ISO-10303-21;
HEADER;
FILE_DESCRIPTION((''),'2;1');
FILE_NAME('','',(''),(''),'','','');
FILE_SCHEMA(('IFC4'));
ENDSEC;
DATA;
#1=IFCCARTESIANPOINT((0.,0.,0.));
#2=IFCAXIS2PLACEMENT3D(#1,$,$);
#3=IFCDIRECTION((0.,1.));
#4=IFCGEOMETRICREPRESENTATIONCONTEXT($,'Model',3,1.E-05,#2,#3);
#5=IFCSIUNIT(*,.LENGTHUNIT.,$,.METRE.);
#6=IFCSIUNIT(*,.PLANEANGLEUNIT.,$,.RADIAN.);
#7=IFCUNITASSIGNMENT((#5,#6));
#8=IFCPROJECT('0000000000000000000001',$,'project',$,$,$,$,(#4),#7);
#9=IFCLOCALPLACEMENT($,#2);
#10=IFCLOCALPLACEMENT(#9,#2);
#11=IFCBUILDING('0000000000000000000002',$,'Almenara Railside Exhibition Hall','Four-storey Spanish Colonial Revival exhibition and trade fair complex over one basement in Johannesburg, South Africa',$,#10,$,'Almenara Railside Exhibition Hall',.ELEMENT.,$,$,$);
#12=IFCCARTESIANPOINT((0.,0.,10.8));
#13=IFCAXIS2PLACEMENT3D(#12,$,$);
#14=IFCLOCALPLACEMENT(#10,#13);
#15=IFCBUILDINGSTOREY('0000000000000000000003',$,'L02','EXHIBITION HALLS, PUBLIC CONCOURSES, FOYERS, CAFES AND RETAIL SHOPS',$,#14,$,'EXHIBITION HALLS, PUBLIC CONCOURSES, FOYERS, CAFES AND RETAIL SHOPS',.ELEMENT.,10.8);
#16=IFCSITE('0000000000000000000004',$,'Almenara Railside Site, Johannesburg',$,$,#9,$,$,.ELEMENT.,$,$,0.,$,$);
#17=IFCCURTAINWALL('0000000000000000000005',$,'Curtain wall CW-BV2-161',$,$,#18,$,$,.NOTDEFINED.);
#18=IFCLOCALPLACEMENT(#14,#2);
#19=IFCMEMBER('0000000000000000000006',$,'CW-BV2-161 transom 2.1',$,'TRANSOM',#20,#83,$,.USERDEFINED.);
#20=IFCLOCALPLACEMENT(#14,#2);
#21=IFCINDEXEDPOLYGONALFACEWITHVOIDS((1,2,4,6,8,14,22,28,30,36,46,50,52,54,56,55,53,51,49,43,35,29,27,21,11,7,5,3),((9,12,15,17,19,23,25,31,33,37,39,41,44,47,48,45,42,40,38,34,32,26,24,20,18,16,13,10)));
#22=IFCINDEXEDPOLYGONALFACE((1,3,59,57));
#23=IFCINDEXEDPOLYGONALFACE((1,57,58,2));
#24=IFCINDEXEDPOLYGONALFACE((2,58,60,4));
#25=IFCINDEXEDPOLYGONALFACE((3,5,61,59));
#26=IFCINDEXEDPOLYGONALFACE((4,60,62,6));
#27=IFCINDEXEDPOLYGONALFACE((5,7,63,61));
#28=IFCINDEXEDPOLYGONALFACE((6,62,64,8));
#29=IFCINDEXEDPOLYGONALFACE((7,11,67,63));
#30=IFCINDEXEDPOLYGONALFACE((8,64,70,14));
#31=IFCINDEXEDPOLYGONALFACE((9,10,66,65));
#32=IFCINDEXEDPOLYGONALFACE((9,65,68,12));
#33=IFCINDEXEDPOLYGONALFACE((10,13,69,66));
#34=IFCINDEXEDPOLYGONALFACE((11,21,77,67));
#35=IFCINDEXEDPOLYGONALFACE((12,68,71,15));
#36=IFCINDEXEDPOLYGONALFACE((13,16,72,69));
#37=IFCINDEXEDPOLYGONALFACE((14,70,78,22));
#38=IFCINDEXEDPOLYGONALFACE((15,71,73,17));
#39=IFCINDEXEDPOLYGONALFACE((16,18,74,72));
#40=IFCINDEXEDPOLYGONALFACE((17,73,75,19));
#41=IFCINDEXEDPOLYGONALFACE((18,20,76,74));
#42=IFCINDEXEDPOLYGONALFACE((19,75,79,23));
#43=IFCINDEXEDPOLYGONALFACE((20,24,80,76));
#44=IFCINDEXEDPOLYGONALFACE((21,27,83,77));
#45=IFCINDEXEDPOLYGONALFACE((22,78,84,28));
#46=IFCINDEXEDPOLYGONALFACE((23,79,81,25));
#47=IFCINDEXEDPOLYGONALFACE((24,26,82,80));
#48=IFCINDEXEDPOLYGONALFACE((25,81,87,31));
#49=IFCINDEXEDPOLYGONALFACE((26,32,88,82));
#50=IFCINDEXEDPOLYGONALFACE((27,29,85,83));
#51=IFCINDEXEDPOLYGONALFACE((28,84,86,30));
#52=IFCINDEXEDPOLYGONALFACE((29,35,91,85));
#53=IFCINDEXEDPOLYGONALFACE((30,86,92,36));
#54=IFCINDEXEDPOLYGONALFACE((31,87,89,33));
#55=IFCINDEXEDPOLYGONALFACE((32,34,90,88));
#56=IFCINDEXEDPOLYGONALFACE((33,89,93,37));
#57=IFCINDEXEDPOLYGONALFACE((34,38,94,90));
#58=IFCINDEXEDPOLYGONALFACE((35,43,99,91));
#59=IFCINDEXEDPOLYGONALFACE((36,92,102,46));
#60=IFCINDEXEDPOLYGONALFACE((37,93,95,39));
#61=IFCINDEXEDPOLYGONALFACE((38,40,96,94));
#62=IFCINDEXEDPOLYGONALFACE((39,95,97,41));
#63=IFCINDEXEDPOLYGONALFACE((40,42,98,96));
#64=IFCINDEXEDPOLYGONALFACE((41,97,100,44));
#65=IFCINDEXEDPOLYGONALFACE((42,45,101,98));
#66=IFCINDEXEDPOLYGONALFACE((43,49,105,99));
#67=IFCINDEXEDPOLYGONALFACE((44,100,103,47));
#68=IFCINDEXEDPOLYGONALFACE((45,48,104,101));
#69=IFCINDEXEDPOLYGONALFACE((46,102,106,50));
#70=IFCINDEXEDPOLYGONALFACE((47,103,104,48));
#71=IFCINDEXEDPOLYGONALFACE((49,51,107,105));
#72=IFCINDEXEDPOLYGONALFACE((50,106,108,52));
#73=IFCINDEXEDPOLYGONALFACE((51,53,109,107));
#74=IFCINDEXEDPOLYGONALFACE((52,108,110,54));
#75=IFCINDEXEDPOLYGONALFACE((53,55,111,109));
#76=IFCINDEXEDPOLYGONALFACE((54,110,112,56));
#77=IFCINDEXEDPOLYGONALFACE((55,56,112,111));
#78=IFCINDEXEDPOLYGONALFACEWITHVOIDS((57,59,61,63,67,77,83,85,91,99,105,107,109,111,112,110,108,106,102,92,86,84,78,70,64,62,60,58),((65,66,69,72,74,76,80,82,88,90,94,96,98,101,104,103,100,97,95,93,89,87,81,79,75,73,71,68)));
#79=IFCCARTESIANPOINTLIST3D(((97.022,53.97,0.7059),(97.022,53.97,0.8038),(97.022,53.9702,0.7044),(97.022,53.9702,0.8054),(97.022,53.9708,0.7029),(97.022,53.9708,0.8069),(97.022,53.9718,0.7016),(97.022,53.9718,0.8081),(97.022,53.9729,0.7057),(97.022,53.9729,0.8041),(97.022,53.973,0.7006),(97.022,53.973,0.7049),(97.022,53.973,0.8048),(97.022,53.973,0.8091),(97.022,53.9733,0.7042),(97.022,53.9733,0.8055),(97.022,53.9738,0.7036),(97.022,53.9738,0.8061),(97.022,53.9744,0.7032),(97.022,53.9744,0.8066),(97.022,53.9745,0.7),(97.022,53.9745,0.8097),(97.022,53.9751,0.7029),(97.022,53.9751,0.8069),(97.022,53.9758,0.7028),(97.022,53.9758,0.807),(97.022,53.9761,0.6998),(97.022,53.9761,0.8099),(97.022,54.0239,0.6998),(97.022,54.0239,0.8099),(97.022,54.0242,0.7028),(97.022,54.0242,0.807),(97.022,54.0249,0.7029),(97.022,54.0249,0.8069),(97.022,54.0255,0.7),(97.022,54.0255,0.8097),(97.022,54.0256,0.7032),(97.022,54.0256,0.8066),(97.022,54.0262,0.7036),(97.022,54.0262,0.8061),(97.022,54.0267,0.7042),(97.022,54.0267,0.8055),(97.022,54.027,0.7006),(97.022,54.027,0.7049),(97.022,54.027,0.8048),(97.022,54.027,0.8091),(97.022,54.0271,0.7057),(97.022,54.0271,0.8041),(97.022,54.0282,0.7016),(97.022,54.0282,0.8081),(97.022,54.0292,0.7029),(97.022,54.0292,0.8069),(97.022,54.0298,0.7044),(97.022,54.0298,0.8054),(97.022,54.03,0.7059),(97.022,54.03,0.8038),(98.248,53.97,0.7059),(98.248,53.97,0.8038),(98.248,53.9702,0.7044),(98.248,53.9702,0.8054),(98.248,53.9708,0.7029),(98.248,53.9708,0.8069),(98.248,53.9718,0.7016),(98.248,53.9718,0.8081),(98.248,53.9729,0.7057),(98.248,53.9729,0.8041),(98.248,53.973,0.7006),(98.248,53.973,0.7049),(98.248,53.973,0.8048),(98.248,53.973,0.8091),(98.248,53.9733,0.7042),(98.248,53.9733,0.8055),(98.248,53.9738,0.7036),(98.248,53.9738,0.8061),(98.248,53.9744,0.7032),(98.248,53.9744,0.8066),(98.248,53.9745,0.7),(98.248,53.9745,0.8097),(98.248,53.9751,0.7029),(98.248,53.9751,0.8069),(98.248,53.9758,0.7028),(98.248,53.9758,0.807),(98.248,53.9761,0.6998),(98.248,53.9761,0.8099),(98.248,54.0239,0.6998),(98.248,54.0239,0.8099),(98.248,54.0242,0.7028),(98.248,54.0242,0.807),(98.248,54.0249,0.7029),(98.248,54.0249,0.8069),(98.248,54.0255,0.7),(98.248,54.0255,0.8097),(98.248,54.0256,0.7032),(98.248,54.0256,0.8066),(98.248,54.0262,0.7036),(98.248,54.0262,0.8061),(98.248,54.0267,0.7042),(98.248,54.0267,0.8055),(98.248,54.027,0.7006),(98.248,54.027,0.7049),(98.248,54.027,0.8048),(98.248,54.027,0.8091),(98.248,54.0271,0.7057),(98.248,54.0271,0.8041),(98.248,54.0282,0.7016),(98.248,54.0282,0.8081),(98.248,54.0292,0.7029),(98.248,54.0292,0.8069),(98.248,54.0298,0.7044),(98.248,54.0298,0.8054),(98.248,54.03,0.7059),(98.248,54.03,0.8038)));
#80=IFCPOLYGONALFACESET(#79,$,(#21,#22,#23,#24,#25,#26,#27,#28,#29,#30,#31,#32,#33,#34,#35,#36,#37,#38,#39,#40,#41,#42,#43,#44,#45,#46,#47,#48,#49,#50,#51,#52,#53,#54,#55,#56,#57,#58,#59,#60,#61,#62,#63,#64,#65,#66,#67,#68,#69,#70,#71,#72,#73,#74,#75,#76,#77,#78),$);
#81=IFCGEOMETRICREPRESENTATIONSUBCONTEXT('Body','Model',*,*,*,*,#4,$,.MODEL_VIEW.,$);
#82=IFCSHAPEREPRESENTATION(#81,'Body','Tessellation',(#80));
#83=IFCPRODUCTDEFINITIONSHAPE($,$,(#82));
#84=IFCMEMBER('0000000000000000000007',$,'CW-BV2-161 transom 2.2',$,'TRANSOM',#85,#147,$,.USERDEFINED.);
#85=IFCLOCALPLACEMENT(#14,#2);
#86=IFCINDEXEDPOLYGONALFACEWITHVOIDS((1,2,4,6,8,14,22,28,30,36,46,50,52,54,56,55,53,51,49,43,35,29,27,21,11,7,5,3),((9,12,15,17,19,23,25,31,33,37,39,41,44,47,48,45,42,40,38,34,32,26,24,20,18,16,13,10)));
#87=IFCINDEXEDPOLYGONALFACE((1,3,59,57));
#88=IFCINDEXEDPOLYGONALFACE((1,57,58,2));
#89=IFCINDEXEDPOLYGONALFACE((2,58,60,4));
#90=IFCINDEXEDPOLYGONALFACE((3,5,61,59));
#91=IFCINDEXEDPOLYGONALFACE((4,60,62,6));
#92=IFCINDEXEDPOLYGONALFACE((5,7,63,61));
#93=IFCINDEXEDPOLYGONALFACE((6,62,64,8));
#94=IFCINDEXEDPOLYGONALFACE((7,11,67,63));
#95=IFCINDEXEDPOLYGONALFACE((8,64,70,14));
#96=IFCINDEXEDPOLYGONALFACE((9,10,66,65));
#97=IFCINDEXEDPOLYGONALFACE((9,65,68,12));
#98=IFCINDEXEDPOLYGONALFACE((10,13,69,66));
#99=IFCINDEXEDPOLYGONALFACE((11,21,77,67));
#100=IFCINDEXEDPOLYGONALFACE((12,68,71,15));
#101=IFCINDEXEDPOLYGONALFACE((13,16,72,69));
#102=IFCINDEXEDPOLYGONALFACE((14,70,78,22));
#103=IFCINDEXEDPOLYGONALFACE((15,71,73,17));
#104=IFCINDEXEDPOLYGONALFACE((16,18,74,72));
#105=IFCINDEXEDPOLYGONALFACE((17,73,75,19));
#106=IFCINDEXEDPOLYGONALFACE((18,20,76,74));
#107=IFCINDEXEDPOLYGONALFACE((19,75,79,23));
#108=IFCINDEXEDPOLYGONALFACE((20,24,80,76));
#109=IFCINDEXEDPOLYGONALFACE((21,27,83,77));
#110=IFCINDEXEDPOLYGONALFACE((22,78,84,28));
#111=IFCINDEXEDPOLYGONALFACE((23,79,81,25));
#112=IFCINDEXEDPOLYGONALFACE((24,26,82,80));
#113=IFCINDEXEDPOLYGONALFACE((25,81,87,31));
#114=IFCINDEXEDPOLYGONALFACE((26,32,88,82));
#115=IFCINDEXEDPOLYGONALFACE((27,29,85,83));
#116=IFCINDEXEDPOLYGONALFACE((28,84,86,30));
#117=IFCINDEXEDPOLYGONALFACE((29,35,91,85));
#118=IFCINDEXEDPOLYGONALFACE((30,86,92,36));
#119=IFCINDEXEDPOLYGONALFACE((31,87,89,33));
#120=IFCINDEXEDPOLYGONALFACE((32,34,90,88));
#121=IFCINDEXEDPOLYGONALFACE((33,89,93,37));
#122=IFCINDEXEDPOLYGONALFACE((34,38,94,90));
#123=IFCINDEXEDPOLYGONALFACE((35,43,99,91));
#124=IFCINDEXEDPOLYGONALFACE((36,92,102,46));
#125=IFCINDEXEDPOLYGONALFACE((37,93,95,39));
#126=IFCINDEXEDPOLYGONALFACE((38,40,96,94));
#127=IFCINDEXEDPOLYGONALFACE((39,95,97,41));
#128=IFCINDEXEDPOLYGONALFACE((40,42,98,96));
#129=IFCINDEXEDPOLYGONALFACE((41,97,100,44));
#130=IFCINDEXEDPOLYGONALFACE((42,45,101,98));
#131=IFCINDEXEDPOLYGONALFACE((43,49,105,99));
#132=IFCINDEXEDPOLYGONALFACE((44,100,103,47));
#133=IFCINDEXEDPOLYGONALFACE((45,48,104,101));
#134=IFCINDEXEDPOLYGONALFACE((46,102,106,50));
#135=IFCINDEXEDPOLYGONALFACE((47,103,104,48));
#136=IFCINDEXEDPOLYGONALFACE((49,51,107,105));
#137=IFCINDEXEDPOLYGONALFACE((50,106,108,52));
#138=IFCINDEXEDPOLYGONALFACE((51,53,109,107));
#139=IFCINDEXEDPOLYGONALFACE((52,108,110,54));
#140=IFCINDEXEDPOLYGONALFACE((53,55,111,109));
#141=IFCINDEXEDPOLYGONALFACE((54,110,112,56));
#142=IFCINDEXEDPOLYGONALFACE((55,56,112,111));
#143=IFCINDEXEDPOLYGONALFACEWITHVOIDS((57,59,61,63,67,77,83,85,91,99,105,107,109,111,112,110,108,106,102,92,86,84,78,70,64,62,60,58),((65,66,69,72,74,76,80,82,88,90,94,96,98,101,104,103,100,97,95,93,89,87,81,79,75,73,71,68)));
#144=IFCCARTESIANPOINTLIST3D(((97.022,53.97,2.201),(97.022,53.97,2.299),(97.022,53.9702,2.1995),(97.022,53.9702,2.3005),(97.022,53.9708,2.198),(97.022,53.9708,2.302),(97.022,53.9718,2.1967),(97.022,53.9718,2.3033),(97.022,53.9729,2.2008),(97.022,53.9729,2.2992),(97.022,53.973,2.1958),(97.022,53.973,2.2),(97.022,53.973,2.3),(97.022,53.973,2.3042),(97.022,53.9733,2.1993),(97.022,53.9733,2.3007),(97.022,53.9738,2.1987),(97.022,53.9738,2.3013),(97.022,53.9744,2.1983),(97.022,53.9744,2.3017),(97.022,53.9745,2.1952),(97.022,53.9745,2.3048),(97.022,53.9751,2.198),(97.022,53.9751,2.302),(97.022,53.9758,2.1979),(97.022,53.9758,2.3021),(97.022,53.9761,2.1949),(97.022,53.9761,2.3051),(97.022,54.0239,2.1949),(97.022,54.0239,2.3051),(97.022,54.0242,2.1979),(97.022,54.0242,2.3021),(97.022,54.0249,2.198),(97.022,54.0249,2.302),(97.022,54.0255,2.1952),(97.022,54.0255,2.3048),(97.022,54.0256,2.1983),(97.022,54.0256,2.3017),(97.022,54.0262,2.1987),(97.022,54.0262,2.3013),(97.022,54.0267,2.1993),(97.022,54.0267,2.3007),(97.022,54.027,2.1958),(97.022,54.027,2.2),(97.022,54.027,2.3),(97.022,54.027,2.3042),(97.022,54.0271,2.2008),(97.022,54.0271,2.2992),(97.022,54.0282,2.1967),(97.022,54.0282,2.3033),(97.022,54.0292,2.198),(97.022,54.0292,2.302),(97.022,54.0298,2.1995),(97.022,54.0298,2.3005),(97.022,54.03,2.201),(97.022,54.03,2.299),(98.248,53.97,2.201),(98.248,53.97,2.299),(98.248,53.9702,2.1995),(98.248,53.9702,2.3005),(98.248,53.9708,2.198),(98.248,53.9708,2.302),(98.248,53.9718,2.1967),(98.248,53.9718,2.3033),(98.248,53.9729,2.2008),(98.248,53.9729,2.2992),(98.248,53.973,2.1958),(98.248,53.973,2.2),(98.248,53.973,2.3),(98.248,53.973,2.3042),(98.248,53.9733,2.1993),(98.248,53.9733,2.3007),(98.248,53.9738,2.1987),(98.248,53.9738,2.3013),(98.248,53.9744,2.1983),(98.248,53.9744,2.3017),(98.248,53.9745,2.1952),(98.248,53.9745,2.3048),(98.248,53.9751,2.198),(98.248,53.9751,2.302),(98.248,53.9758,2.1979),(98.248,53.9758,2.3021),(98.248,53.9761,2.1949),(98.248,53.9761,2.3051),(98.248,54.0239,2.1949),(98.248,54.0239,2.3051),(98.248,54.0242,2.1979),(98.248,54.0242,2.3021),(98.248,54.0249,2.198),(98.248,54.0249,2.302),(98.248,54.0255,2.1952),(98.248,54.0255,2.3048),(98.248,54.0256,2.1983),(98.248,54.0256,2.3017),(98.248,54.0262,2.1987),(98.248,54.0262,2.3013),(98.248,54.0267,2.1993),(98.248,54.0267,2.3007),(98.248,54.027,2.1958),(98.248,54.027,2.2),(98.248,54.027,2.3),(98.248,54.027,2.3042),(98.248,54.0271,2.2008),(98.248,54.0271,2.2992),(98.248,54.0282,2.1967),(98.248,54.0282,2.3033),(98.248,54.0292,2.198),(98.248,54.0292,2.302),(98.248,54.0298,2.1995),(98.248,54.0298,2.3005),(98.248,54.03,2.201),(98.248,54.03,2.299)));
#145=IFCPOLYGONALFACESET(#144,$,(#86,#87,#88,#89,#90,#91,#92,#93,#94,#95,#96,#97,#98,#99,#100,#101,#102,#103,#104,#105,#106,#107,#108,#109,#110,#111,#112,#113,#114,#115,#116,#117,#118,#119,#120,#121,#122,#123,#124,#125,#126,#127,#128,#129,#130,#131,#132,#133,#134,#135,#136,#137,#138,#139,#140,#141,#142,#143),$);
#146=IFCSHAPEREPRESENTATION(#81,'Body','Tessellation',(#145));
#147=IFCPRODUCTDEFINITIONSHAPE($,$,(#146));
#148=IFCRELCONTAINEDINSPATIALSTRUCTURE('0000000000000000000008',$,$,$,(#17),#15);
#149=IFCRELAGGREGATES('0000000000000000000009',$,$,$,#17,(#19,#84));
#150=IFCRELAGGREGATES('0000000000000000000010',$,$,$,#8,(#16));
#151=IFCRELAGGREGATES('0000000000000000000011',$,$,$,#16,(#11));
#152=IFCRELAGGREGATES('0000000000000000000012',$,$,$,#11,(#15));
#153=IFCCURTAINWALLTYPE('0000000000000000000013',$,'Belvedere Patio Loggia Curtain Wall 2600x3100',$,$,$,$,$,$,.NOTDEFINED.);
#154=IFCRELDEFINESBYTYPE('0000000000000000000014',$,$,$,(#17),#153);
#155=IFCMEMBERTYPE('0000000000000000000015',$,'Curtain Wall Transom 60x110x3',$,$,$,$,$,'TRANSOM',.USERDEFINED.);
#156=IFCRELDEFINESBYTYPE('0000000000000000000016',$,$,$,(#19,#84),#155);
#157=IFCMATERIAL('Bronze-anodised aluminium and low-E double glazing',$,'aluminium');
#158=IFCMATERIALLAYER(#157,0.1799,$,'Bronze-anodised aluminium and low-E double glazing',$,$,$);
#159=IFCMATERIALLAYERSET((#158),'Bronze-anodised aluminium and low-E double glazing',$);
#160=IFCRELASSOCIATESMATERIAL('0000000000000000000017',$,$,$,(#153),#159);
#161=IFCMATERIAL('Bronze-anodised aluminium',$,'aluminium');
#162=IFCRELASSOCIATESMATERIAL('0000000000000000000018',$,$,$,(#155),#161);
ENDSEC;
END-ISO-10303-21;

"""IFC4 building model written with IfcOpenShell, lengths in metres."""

from ifc_helpers import new_model, si_unit, direction, frame, origin, origin_2d, place, context, subcontext, project, spatial, hollow_rectangle, extrude, material, layer, layer_set, material_profile, profile_set, type_object, element, aggregate, save


model = new_model("IFC4")

# Units and contexts
model_context = context("Model", 3, precision=1e-05, world=origin(), true_north=direction((0.0, 1.0)))
body_context = subcontext(model_context, "Body", "Model", "MODEL_VIEW")
ifc_project = project(units=[si_unit("LENGTHUNIT", "METRE"), si_unit("PLANEANGLEUNIT", "RADIAN")], contexts=[model_context])

# Site, building, storey
site_placement = place(None, origin())
site = spatial("IfcSite", under=ifc_project, at=site_placement, Name="Almenara Railside Site, Johannesburg", CompositionType="ELEMENT", RefElevation=0.0)
building_placement = place(site_placement, origin())
building = spatial("IfcBuilding", under=site, at=building_placement, Name="Almenara Railside Exhibition Hall", Description="Four-storey Spanish Colonial Revival exhibition and trade fair complex over one basement in Johannesburg, South Africa", LongName="Almenara Railside Exhibition Hall", CompositionType="ELEMENT")
storey_placement = place(building_placement, frame((0.0, 0.0, 10.8)))
storey = spatial("IfcBuildingStorey", under=building, at=storey_placement, Name="L02", Description="EXHIBITION HALLS, PUBLIC CONCOURSES, FOYERS, CAFES AND RETAIL SHOPS", LongName="EXHIBITION HALLS, PUBLIC CONCOURSES, FOYERS, CAFES AND RETAIL SHOPS", CompositionType="ELEMENT", Elevation=10.8)

# Shared definitions
ifc_material_1 = material(Name="Bronze-anodised aluminium and low-E double glazing", Category="aluminium")
ifc_layer_1 = layer(ifc_material_1, 0.1799, Name="Bronze-anodised aluminium and low-E double glazing")
ifc_layer_set_1 = layer_set([ifc_layer_1], Name="Bronze-anodised aluminium and low-E double glazing")
curtain_wall_type = type_object("IfcCurtainWallType", Name="Belvedere Patio Loggia Curtain Wall 2600x3100", PredefinedType="NOTDEFINED", material=ifc_layer_set_1)
ifc_material_2 = material(Name="Bronze-anodised aluminium", Category="aluminium")

# Curtain wall
curtain_wall_1_placement = place(storey_placement, origin())
curtain_wall_1 = element("IfcCurtainWall", 1, at=curtain_wall_1_placement, inside=storey, type_object=curtain_wall_type, Name="Curtain wall CW-BV2-161", PredefinedType="NOTDEFINED")

# Members
ifc_material_profile_1 = material_profile(ifc_material_2, hollow_rectangle(XDim=0.0601, YDim=0.1101, WallThickness=0.0029, InnerFilletRadius=0.0029, OuterFilletRadius=0.0061, at=origin_2d()), Name="ALU-TRN 60x110x3")
ifc_profile_set_1 = profile_set([ifc_material_profile_1], Name="Bronze-anodised aluminium")
member_type_1 = type_object("IfcMemberType", Name="Curtain Wall Transom 60x110x3", ElementType="TRANSOM", PredefinedType="USERDEFINED", material=ifc_profile_set_1)
member_1_placement = place(storey_placement, frame((97.022, 54.0, 0.7549), z_axis=(1.0, 0.0, 0.0), x_axis=(0.0, 1.0, 0.0)))
member_1 = element("IfcMember", 2, at=member_1_placement, type_object=member_type_1, Name="CW-BV2-161 transom 2.1", ObjectType="TRANSOM", PredefinedType="USERDEFINED", context=body_context, shape_type="SweptSolid", body=[
    extrude(hollow_rectangle(XDim=0.0601, YDim=0.1101, WallThickness=0.0029, InnerFilletRadius=0.0029, OuterFilletRadius=0.0061, at=origin_2d()), origin(), (0.0, 0.0, 1.0), 1.2261),
])
member_2_placement = place(storey_placement, frame((97.022, 54.0, 2.25), z_axis=(1.0, 0.0, 0.0), x_axis=(0.0, 1.0, 0.0)))
member_2 = element("IfcMember", 3, at=member_2_placement, type_object=member_type_1, Name="CW-BV2-161 transom 2.2", ObjectType="TRANSOM", PredefinedType="USERDEFINED", context=body_context, shape_type="SweptSolid", body=[
    extrude(hollow_rectangle(XDim=0.0601, YDim=0.1101, WallThickness=0.0029, InnerFilletRadius=0.0029, OuterFilletRadius=0.0061, at=origin_2d()), origin(), (0.0, 0.0, 1.0), 1.2261),
])

aggregate(curtain_wall_1, [member_1, member_2])

save(model, "model.ifc")
